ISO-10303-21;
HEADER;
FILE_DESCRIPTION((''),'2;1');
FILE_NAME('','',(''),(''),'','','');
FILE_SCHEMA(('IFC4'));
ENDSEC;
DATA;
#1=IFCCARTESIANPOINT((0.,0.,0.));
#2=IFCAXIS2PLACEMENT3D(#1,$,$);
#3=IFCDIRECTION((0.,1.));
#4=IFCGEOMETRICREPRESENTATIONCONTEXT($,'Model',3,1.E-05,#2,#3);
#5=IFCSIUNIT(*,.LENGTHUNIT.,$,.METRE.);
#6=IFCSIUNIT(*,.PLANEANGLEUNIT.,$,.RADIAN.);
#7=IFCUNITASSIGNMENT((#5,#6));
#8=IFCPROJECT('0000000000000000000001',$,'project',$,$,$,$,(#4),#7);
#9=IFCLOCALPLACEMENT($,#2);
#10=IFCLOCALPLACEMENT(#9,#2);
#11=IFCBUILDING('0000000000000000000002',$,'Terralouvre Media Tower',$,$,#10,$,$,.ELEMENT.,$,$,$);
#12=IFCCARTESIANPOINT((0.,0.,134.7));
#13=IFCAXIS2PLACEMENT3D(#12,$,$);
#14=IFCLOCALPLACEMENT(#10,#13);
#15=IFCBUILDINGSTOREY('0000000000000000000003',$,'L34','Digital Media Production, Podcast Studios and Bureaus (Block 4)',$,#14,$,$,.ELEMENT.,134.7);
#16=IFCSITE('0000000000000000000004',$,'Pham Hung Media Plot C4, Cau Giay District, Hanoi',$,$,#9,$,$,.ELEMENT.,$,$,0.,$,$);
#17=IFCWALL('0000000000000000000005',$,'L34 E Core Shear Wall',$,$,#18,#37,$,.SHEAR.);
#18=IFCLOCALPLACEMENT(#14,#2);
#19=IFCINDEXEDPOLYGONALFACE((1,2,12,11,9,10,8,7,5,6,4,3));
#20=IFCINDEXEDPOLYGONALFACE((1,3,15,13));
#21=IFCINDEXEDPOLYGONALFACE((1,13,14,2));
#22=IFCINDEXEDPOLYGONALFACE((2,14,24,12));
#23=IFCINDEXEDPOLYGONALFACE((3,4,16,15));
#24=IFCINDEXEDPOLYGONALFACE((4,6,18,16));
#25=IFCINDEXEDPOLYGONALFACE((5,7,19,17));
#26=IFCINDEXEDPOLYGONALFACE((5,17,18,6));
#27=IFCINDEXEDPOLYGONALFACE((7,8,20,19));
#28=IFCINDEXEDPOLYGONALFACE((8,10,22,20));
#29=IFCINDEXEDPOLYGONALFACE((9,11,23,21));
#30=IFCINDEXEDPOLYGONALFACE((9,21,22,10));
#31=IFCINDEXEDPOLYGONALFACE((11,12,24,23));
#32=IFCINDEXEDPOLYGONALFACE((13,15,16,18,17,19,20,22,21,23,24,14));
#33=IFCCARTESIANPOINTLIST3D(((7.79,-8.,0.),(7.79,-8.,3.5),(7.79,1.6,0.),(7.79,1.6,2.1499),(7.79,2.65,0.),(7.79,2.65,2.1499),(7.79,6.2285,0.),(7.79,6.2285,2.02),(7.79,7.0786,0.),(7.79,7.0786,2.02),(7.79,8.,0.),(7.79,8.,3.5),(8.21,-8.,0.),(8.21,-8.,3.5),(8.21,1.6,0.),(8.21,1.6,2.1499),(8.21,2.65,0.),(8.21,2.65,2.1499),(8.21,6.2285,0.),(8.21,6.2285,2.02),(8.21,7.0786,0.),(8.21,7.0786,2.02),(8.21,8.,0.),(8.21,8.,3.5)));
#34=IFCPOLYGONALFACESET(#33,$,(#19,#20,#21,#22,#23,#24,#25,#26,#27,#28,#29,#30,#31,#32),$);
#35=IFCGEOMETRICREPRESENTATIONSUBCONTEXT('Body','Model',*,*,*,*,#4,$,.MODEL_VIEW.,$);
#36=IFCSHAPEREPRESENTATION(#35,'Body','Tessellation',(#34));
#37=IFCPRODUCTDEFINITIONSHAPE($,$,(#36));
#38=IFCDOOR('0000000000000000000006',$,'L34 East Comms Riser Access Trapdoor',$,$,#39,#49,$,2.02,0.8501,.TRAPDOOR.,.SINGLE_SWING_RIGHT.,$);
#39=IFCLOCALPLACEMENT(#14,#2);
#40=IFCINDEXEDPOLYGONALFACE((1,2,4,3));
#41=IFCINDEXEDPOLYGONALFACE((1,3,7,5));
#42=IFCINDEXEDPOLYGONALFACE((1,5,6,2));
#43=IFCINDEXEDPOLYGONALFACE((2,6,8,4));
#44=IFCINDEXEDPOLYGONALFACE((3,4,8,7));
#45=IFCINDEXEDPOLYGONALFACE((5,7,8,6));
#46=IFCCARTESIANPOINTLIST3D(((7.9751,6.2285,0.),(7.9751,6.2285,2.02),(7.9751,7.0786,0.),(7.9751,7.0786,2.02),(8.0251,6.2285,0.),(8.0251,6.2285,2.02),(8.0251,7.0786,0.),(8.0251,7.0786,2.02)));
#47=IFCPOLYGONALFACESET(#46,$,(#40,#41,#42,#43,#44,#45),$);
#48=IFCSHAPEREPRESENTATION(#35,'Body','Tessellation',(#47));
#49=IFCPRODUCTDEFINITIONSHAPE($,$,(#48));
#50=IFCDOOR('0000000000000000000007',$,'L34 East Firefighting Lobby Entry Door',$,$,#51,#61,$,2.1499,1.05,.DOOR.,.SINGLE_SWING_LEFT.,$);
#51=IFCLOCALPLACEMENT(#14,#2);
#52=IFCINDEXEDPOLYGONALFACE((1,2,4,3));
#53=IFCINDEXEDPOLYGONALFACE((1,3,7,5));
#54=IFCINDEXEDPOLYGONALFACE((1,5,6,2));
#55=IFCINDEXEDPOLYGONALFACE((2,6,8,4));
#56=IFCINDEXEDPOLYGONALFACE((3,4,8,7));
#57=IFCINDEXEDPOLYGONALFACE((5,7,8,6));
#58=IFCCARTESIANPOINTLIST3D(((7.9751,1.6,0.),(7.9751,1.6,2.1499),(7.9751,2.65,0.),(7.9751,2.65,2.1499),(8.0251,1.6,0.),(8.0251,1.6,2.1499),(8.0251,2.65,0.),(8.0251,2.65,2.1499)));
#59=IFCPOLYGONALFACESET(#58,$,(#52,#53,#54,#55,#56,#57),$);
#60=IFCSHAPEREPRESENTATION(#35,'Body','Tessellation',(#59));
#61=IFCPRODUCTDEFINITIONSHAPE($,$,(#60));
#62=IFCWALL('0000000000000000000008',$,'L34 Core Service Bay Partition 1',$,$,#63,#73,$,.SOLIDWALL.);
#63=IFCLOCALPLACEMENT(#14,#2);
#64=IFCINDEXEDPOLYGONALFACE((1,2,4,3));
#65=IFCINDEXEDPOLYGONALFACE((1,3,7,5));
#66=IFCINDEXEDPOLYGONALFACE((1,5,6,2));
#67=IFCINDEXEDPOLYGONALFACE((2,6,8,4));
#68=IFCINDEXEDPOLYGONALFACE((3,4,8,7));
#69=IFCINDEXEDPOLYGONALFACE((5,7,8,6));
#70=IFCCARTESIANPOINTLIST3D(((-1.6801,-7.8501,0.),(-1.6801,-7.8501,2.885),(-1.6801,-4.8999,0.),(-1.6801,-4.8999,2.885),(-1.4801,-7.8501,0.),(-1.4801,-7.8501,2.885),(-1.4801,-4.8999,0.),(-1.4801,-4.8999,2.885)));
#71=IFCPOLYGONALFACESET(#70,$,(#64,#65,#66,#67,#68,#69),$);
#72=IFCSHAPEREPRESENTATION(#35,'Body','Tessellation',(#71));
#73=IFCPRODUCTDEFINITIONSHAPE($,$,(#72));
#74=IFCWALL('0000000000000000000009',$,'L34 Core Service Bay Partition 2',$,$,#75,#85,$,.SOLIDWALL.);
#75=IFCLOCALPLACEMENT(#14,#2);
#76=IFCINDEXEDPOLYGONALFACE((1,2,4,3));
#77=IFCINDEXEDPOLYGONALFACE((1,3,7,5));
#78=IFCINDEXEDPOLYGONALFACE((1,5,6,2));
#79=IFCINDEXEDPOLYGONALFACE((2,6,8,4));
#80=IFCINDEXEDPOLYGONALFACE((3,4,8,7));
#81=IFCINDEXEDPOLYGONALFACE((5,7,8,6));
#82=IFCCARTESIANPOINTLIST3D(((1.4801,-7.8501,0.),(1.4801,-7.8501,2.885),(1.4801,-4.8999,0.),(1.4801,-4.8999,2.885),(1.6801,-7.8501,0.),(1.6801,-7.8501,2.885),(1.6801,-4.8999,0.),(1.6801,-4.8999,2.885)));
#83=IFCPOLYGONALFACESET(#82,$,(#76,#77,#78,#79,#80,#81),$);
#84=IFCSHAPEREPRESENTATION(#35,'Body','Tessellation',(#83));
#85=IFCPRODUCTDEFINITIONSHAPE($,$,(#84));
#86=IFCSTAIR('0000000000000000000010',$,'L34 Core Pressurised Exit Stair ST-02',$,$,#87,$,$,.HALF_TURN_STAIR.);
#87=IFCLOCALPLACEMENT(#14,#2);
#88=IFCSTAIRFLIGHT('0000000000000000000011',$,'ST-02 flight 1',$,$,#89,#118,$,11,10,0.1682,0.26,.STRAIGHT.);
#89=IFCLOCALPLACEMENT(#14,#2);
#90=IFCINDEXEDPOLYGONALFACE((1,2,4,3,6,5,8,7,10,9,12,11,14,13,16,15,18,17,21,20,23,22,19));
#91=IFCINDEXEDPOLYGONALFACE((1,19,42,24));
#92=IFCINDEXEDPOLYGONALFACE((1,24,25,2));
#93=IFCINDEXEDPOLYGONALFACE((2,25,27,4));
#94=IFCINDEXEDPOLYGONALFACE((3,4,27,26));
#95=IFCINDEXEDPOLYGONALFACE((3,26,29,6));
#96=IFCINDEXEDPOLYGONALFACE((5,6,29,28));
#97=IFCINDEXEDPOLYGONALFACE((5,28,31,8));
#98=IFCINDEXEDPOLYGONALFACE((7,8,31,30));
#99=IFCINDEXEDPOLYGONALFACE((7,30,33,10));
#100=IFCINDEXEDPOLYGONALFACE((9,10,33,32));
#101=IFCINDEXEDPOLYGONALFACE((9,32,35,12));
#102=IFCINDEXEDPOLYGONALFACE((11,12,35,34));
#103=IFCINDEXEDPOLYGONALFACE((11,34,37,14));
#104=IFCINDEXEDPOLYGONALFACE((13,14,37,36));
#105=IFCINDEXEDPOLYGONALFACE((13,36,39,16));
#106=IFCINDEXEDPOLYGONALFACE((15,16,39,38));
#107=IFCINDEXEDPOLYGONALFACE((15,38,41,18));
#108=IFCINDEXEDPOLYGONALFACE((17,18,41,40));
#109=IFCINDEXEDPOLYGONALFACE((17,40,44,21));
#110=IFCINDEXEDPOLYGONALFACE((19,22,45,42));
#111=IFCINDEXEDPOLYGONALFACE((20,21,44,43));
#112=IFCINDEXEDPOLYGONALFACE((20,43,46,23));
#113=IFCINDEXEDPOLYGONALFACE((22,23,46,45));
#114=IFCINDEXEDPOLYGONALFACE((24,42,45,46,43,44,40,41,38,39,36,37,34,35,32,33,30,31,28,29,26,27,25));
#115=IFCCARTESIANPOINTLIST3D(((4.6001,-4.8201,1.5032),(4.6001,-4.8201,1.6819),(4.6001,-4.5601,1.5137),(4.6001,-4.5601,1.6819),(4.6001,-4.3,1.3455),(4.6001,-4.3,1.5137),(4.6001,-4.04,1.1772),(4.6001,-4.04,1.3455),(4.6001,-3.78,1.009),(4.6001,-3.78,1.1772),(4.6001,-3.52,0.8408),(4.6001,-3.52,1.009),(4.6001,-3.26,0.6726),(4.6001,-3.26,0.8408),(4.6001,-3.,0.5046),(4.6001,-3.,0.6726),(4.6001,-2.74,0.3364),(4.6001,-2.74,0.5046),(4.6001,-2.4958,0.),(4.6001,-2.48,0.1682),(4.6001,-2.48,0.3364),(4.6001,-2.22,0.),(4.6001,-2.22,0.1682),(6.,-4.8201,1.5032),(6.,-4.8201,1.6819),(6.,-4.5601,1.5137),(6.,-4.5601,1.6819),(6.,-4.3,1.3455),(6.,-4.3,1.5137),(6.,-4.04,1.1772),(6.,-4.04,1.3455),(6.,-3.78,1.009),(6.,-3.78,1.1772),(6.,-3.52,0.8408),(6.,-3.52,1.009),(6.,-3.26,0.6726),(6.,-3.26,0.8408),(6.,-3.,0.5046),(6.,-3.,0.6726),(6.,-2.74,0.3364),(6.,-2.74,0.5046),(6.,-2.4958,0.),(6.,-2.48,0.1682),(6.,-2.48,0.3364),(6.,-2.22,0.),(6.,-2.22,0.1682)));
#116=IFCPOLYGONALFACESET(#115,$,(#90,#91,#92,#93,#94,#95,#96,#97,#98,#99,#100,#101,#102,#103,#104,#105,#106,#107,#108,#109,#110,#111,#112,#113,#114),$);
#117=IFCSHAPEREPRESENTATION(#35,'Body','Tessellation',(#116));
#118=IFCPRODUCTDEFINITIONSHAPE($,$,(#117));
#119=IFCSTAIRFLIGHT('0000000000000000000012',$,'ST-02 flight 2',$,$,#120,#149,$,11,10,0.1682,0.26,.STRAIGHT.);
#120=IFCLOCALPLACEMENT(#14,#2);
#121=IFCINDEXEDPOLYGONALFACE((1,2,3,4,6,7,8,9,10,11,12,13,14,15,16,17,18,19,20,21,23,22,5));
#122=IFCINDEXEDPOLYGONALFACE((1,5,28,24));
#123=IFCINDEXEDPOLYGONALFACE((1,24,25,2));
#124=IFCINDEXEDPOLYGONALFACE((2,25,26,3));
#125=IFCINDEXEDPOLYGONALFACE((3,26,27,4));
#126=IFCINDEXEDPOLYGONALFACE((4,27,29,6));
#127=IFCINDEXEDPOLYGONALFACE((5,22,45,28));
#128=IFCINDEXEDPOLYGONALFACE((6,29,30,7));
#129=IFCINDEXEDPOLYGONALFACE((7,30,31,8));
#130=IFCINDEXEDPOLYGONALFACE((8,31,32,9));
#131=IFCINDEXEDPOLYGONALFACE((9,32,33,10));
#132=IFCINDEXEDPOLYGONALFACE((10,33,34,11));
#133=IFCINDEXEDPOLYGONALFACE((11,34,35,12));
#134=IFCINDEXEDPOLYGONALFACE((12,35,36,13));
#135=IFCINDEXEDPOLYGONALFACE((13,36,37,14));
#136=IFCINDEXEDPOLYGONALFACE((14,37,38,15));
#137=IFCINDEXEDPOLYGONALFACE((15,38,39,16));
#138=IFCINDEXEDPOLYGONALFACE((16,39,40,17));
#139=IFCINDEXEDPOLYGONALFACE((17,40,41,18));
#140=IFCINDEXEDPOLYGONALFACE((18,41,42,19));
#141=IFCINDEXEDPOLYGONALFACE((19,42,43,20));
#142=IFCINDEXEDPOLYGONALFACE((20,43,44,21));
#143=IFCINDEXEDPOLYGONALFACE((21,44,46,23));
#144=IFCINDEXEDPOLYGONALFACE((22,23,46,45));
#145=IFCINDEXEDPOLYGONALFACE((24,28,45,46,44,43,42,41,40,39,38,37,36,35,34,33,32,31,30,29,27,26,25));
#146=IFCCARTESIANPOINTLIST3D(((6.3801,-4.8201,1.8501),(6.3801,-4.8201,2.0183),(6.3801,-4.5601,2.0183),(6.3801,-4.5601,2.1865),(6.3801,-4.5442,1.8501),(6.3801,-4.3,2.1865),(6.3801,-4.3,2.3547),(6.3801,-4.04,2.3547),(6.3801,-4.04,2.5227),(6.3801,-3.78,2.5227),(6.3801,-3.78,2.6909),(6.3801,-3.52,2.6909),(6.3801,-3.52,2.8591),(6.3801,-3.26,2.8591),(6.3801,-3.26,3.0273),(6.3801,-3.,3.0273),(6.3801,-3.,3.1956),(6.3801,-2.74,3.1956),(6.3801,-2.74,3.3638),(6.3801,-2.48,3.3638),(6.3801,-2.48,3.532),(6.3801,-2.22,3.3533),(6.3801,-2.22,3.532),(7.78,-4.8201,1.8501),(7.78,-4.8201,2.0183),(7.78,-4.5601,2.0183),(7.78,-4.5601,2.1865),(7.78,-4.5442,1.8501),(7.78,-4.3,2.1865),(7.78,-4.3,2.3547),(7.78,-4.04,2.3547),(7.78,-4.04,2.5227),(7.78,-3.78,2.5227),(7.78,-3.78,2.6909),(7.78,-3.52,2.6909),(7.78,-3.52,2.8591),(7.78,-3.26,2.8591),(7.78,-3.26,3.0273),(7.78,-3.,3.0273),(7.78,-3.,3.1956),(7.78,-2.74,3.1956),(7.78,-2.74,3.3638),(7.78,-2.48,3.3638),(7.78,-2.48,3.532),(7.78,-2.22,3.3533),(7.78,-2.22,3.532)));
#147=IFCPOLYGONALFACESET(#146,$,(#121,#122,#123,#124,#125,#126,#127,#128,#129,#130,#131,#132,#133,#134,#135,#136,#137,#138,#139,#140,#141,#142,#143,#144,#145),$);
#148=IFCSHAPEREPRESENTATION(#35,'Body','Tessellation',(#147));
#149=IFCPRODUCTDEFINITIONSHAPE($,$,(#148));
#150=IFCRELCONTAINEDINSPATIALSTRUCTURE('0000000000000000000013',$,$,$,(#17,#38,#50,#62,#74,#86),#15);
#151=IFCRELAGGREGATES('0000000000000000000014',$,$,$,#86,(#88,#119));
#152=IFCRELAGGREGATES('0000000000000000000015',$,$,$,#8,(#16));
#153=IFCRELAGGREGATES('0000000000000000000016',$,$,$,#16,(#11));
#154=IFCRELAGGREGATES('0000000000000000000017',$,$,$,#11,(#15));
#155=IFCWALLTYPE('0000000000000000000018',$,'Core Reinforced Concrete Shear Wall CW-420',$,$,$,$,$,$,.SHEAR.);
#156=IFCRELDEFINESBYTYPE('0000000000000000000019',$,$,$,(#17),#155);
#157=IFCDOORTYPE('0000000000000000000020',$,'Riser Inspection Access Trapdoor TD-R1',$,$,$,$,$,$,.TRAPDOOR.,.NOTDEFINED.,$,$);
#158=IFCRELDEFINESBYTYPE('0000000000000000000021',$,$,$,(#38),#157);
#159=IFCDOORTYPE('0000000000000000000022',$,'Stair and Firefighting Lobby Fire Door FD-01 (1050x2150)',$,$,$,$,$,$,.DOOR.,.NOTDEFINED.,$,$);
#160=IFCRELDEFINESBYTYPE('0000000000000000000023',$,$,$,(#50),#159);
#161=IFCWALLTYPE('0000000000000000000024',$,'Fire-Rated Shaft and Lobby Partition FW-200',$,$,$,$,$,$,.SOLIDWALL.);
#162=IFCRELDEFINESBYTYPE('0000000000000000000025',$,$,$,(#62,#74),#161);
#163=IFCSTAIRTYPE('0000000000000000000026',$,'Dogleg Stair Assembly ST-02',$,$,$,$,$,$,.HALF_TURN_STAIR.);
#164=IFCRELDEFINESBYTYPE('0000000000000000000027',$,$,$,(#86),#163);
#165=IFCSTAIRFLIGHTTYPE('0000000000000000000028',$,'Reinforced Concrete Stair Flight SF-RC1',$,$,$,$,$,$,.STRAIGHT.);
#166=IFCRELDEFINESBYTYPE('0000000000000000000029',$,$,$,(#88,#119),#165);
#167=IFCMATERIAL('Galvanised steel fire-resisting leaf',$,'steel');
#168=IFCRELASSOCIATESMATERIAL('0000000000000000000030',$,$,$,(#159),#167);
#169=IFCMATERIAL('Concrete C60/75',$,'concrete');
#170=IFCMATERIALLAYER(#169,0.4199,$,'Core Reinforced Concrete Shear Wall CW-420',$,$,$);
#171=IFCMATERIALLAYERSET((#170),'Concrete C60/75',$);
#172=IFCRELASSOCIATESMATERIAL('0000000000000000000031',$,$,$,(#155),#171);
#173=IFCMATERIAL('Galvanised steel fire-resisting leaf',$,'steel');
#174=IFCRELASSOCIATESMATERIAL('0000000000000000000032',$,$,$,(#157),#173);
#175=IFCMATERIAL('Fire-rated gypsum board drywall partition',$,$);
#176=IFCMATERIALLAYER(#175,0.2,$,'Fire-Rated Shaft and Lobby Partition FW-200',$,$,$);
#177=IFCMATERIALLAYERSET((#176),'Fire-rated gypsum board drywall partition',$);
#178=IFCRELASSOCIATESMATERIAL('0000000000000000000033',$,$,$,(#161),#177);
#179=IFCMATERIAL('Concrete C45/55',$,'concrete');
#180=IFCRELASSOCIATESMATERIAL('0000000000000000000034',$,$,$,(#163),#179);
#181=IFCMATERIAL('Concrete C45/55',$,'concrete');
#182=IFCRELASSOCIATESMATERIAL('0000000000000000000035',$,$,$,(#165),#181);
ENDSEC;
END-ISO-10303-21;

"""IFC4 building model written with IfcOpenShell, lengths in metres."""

from ifc_helpers import new_model, si_unit, direction, frame, frame_2d, origin, place, context, subcontext, project, spatial, polyline, rectangle, outline, extrude, material, layer, layer_set, type_object, element, fill, aggregate, save


model = new_model("IFC4")

# Units and contexts
model_context = context("Model", 3, precision=1e-05, world=origin(), true_north=direction((0.0, 1.0)))
body_context = subcontext(model_context, "Body", "Model", "MODEL_VIEW")
ifc_project = project(units=[si_unit("LENGTHUNIT", "METRE"), si_unit("PLANEANGLEUNIT", "RADIAN")], contexts=[model_context])

# Site, building, storey
site_placement = place(None, origin())
site = spatial("IfcSite", under=ifc_project, at=site_placement, Name="Pham Hung Media Plot C4, Cau Giay District, Hanoi", CompositionType="ELEMENT", RefElevation=0.0)
building_placement = place(site_placement, origin())
building = spatial("IfcBuilding", under=site, at=building_placement, Name="Terralouvre Media Tower", CompositionType="ELEMENT")
storey_placement = place(building_placement, frame((0.0, 0.0, 134.7)))
storey = spatial("IfcBuildingStorey", under=building, at=storey_placement, Name="L34", Description="Digital Media Production, Podcast Studios and Bureaus (Block 4)", CompositionType="ELEMENT", Elevation=134.7)

# Shared definitions
ifc_material_1 = material(Name="Galvanised steel fire-resisting leaf", Category="steel")
door_type_1 = type_object("IfcDoorType", Name="Stair and Firefighting Lobby Fire Door FD-01 (1050x2150)", OperationType="NOTDEFINED", PredefinedType="DOOR", material=ifc_material_1)

# Wall, openings, doors
ifc_material_2 = material(Name="Concrete C60/75", Category="concrete")
ifc_layer_1 = layer(ifc_material_2, 0.4199, Name="Core Reinforced Concrete Shear Wall CW-420")
ifc_layer_set_1 = layer_set([ifc_layer_1], Name="Concrete C60/75")
wall_type_1 = type_object("IfcWallType", Name="Core Reinforced Concrete Shear Wall CW-420", PredefinedType="SHEAR", material=ifc_layer_set_1)
wall_1_placement = place(storey_placement, frame((8.0, -8.0, 0.0), z_axis=(0.0, 0.0, 1.0), x_axis=(0.0, 1.0, 0.0)))
wall_1 = element("IfcWall", 1, at=wall_1_placement, inside=storey, type_object=wall_type_1, Name="L34 E Core Shear Wall", PredefinedType="SHEAR", context=body_context, shape_type="SweptSolid", body=[
    extrude(rectangle(XDim=16.0, YDim=0.4199, at=frame_2d((8.0, 0.0))), origin(), (0.0, 0.0, 1.0), 3.5),
])
opening_1_placement = place(wall_1_placement, frame((9.6001, 0.0, 0.0)))
opening_1 = element("IfcOpeningElement", 2, at=opening_1_placement, cuts=wall_1, PredefinedType="OPENING", context=body_context, shape_type="SweptSolid", body=[
    extrude(rectangle(XDim=1.05, YDim=2.1499, at=frame_2d((0.5249, 1.075))), frame((0.0, 0.22, 0.0), z_axis=(0.0, -1.0, 0.0), x_axis=(1.0, 0.0, 0.0)), (0.0, 0.0, 1.0), 0.4399),
])
opening_2_placement = place(wall_1_placement, frame((14.2285, 0.0, 0.0)))
opening_2 = element("IfcOpeningElement", 3, at=opening_2_placement, cuts=wall_1, PredefinedType="OPENING", context=body_context, shape_type="SweptSolid", body=[
    extrude(rectangle(XDim=0.8501, YDim=2.02, at=frame_2d((0.425, 1.01))), frame((0.0, 0.22, 0.0), z_axis=(0.0, -1.0, 0.0), x_axis=(1.0, 0.0, 0.0)), (0.0, 0.0, 1.0), 0.4399),
])
ifc_material_3 = material(Name="Galvanised steel fire-resisting leaf", Category="steel")
door_type_2 = type_object("IfcDoorType", Name="Riser Inspection Access Trapdoor TD-R1", OperationType="NOTDEFINED", PredefinedType="TRAPDOOR", material=ifc_material_3)
door_1_placement = place(opening_2_placement, origin())
door_1 = element("IfcDoor", 4, at=door_1_placement, inside=storey, type_object=door_type_2, Name="L34 East Comms Riser Access Trapdoor", OperationType="SINGLE_SWING_RIGHT", OverallHeight=2.02, OverallWidth=0.8501, PredefinedType="TRAPDOOR", context=body_context, shape_type="SweptSolid", body=[
    extrude(rectangle(XDim=0.8501, YDim=2.02, at=frame_2d((0.425, 1.01))), frame((0.0, 0.0249, 0.0), z_axis=(0.0, -1.0, 0.0), x_axis=(1.0, 0.0, 0.0)), (0.0, 0.0, 1.0), 0.05),
])
fill(opening_2, door_1)
door_2_placement = place(opening_1_placement, origin())
door_2 = element("IfcDoor", 5, at=door_2_placement, inside=storey, type_object=door_type_1, Name="L34 East Firefighting Lobby Entry Door", OperationType="SINGLE_SWING_LEFT", OverallHeight=2.1499, OverallWidth=1.05, PredefinedType="DOOR", context=body_context, shape_type="SweptSolid", body=[
    extrude(rectangle(XDim=1.05, YDim=2.1499, at=frame_2d((0.5249, 1.075))), frame((0.0, 0.0249, 0.0), z_axis=(0.0, -1.0, 0.0), x_axis=(1.0, 0.0, 0.0)), (0.0, 0.0, 1.0), 0.05),
])
fill(opening_1, door_2)

# Walls
ifc_material_4 = material(Name="Fire-rated gypsum board drywall partition")
ifc_layer_2 = layer(ifc_material_4, 0.2, Name="Fire-Rated Shaft and Lobby Partition FW-200")
ifc_layer_set_2 = layer_set([ifc_layer_2], Name="Fire-rated gypsum board drywall partition")
wall_type_2 = type_object("IfcWallType", Name="Fire-Rated Shaft and Lobby Partition FW-200", PredefinedType="SOLIDWALL", material=ifc_layer_set_2)
for number, where, z_axis, x_axis, name in (
    (6, (-1.5801, -7.8501, 0.0), (0.0, 0.0, 1.0), (0.0, 1.0, 0.0), "L34 Core Service Bay Partition 1"),
    (7, (1.5801, -7.8501, 0.0), (0.0, 0.0, 1.0), (0.0, 1.0, 0.0), "L34 Core Service Bay Partition 2"),
):
    element("IfcWall", number, at=place(storey_placement, frame(where, z_axis=z_axis, x_axis=x_axis)), inside=storey, type_object=wall_type_2, Name=name, PredefinedType="SOLIDWALL", context=body_context, shape_type="SweptSolid", body=[
        extrude(rectangle(XDim=2.9502, YDim=0.2, at=frame_2d((1.4751, 0.0))), origin(), (0.0, 0.0, 1.0), 2.885),
    ])

# Stair, stair flights
ifc_material_5 = material(Name="Concrete C45/55", Category="concrete")
stair_type = type_object("IfcStairType", Name="Dogleg Stair Assembly ST-02", PredefinedType="HALF_TURN_STAIR", material=ifc_material_5)
stair_placement = place(storey_placement, origin())
stair = element("IfcStair", 8, at=stair_placement, inside=storey, type_object=stair_type, Name="L34 Core Pressurised Exit Stair ST-02", PredefinedType="HALF_TURN_STAIR")
ifc_material_6 = material(Name="Concrete C45/55", Category="concrete")
stair_flight_type = type_object("IfcStairFlightType", Name="Reinforced Concrete Stair Flight SF-RC1", PredefinedType="STRAIGHT", material=ifc_material_6)
stair_flight_1_placement = place(storey_placement, frame((5.3, -2.22, 0.0), z_axis=(0.0, 0.0, 1.0), x_axis=(0.0, -1.0, 0.0)))
stair_flight_1 = element("IfcStairFlight", 9, at=stair_flight_1_placement, type_object=stair_flight_type, Name="ST-02 flight 1", NumberOfRisers=11, NumberOfTreads=10, PredefinedType="STRAIGHT", RiserHeight=0.1682, TreadLength=0.26, context=body_context, shape_type="SweptSolid", body=[
    extrude(outline(polyline([(0.0, 0.0), (0.0, 0.1682), (0.26, 0.1682), (0.26, 0.3364), (0.52, 0.3364), (0.52, 0.5046), (0.78, 0.5046), (0.78, 0.6726), (1.04, 0.6726), (1.04, 0.8408), (1.3, 0.8408), (1.3, 1.009), (1.5601, 1.009), (1.5601, 1.1772), (1.8201, 1.1772), (1.8201, 1.3455), (2.0801, 1.3455), (2.0801, 1.5137), (2.3401, 1.5137), (2.3401, 1.6819), (2.6001, 1.6819), (2.6001, 1.8501), (2.6001, 1.5032), (0.2759, 0.0), (0.0, 0.0)])), frame((0.0, 0.7, 0.0), z_axis=(0.0, -1.0, 0.0), x_axis=(1.0, 0.0, 0.0)), (0.0, 0.0, 1.0), 1.3999),
])
stair_flight_2_placement = place(storey_placement, frame((7.0801, -4.8201, 1.8501), z_axis=(0.0, 0.0, 1.0), x_axis=(0.0, 1.0, 0.0)))
stair_flight_2 = element("IfcStairFlight", 10, at=stair_flight_2_placement, type_object=stair_flight_type, Name="ST-02 flight 2", NumberOfRisers=11, NumberOfTreads=10, PredefinedType="STRAIGHT", RiserHeight=0.1682, TreadLength=0.26, context=body_context, shape_type="SweptSolid", body=[
    extrude(outline(polyline([(0.0, 0.0), (0.0, 0.1682), (0.26, 0.1682), (0.26, 0.3364), (0.52, 0.3364), (0.52, 0.5046), (0.78, 0.5046), (0.78, 0.6726), (1.04, 0.6726), (1.04, 0.8408), (1.3, 0.8408), (1.3, 1.009), (1.5601, 1.009), (1.5601, 1.1772), (1.8201, 1.1772), (1.8201, 1.3455), (2.0801, 1.3455), (2.0801, 1.5137), (2.3401, 1.5137), (2.3401, 1.6819), (2.6001, 1.6819), (2.6001, 1.8501), (2.6001, 1.5032), (0.2759, 0.0), (0.0, 0.0)])), frame((0.0, 0.7, 0.0), z_axis=(0.0, -1.0, 0.0), x_axis=(1.0, 0.0, 0.0)), (0.0, 0.0, 1.0), 1.3999),
])
aggregate(stair, [stair_flight_1, stair_flight_2])

save(model, "model.ifc")
